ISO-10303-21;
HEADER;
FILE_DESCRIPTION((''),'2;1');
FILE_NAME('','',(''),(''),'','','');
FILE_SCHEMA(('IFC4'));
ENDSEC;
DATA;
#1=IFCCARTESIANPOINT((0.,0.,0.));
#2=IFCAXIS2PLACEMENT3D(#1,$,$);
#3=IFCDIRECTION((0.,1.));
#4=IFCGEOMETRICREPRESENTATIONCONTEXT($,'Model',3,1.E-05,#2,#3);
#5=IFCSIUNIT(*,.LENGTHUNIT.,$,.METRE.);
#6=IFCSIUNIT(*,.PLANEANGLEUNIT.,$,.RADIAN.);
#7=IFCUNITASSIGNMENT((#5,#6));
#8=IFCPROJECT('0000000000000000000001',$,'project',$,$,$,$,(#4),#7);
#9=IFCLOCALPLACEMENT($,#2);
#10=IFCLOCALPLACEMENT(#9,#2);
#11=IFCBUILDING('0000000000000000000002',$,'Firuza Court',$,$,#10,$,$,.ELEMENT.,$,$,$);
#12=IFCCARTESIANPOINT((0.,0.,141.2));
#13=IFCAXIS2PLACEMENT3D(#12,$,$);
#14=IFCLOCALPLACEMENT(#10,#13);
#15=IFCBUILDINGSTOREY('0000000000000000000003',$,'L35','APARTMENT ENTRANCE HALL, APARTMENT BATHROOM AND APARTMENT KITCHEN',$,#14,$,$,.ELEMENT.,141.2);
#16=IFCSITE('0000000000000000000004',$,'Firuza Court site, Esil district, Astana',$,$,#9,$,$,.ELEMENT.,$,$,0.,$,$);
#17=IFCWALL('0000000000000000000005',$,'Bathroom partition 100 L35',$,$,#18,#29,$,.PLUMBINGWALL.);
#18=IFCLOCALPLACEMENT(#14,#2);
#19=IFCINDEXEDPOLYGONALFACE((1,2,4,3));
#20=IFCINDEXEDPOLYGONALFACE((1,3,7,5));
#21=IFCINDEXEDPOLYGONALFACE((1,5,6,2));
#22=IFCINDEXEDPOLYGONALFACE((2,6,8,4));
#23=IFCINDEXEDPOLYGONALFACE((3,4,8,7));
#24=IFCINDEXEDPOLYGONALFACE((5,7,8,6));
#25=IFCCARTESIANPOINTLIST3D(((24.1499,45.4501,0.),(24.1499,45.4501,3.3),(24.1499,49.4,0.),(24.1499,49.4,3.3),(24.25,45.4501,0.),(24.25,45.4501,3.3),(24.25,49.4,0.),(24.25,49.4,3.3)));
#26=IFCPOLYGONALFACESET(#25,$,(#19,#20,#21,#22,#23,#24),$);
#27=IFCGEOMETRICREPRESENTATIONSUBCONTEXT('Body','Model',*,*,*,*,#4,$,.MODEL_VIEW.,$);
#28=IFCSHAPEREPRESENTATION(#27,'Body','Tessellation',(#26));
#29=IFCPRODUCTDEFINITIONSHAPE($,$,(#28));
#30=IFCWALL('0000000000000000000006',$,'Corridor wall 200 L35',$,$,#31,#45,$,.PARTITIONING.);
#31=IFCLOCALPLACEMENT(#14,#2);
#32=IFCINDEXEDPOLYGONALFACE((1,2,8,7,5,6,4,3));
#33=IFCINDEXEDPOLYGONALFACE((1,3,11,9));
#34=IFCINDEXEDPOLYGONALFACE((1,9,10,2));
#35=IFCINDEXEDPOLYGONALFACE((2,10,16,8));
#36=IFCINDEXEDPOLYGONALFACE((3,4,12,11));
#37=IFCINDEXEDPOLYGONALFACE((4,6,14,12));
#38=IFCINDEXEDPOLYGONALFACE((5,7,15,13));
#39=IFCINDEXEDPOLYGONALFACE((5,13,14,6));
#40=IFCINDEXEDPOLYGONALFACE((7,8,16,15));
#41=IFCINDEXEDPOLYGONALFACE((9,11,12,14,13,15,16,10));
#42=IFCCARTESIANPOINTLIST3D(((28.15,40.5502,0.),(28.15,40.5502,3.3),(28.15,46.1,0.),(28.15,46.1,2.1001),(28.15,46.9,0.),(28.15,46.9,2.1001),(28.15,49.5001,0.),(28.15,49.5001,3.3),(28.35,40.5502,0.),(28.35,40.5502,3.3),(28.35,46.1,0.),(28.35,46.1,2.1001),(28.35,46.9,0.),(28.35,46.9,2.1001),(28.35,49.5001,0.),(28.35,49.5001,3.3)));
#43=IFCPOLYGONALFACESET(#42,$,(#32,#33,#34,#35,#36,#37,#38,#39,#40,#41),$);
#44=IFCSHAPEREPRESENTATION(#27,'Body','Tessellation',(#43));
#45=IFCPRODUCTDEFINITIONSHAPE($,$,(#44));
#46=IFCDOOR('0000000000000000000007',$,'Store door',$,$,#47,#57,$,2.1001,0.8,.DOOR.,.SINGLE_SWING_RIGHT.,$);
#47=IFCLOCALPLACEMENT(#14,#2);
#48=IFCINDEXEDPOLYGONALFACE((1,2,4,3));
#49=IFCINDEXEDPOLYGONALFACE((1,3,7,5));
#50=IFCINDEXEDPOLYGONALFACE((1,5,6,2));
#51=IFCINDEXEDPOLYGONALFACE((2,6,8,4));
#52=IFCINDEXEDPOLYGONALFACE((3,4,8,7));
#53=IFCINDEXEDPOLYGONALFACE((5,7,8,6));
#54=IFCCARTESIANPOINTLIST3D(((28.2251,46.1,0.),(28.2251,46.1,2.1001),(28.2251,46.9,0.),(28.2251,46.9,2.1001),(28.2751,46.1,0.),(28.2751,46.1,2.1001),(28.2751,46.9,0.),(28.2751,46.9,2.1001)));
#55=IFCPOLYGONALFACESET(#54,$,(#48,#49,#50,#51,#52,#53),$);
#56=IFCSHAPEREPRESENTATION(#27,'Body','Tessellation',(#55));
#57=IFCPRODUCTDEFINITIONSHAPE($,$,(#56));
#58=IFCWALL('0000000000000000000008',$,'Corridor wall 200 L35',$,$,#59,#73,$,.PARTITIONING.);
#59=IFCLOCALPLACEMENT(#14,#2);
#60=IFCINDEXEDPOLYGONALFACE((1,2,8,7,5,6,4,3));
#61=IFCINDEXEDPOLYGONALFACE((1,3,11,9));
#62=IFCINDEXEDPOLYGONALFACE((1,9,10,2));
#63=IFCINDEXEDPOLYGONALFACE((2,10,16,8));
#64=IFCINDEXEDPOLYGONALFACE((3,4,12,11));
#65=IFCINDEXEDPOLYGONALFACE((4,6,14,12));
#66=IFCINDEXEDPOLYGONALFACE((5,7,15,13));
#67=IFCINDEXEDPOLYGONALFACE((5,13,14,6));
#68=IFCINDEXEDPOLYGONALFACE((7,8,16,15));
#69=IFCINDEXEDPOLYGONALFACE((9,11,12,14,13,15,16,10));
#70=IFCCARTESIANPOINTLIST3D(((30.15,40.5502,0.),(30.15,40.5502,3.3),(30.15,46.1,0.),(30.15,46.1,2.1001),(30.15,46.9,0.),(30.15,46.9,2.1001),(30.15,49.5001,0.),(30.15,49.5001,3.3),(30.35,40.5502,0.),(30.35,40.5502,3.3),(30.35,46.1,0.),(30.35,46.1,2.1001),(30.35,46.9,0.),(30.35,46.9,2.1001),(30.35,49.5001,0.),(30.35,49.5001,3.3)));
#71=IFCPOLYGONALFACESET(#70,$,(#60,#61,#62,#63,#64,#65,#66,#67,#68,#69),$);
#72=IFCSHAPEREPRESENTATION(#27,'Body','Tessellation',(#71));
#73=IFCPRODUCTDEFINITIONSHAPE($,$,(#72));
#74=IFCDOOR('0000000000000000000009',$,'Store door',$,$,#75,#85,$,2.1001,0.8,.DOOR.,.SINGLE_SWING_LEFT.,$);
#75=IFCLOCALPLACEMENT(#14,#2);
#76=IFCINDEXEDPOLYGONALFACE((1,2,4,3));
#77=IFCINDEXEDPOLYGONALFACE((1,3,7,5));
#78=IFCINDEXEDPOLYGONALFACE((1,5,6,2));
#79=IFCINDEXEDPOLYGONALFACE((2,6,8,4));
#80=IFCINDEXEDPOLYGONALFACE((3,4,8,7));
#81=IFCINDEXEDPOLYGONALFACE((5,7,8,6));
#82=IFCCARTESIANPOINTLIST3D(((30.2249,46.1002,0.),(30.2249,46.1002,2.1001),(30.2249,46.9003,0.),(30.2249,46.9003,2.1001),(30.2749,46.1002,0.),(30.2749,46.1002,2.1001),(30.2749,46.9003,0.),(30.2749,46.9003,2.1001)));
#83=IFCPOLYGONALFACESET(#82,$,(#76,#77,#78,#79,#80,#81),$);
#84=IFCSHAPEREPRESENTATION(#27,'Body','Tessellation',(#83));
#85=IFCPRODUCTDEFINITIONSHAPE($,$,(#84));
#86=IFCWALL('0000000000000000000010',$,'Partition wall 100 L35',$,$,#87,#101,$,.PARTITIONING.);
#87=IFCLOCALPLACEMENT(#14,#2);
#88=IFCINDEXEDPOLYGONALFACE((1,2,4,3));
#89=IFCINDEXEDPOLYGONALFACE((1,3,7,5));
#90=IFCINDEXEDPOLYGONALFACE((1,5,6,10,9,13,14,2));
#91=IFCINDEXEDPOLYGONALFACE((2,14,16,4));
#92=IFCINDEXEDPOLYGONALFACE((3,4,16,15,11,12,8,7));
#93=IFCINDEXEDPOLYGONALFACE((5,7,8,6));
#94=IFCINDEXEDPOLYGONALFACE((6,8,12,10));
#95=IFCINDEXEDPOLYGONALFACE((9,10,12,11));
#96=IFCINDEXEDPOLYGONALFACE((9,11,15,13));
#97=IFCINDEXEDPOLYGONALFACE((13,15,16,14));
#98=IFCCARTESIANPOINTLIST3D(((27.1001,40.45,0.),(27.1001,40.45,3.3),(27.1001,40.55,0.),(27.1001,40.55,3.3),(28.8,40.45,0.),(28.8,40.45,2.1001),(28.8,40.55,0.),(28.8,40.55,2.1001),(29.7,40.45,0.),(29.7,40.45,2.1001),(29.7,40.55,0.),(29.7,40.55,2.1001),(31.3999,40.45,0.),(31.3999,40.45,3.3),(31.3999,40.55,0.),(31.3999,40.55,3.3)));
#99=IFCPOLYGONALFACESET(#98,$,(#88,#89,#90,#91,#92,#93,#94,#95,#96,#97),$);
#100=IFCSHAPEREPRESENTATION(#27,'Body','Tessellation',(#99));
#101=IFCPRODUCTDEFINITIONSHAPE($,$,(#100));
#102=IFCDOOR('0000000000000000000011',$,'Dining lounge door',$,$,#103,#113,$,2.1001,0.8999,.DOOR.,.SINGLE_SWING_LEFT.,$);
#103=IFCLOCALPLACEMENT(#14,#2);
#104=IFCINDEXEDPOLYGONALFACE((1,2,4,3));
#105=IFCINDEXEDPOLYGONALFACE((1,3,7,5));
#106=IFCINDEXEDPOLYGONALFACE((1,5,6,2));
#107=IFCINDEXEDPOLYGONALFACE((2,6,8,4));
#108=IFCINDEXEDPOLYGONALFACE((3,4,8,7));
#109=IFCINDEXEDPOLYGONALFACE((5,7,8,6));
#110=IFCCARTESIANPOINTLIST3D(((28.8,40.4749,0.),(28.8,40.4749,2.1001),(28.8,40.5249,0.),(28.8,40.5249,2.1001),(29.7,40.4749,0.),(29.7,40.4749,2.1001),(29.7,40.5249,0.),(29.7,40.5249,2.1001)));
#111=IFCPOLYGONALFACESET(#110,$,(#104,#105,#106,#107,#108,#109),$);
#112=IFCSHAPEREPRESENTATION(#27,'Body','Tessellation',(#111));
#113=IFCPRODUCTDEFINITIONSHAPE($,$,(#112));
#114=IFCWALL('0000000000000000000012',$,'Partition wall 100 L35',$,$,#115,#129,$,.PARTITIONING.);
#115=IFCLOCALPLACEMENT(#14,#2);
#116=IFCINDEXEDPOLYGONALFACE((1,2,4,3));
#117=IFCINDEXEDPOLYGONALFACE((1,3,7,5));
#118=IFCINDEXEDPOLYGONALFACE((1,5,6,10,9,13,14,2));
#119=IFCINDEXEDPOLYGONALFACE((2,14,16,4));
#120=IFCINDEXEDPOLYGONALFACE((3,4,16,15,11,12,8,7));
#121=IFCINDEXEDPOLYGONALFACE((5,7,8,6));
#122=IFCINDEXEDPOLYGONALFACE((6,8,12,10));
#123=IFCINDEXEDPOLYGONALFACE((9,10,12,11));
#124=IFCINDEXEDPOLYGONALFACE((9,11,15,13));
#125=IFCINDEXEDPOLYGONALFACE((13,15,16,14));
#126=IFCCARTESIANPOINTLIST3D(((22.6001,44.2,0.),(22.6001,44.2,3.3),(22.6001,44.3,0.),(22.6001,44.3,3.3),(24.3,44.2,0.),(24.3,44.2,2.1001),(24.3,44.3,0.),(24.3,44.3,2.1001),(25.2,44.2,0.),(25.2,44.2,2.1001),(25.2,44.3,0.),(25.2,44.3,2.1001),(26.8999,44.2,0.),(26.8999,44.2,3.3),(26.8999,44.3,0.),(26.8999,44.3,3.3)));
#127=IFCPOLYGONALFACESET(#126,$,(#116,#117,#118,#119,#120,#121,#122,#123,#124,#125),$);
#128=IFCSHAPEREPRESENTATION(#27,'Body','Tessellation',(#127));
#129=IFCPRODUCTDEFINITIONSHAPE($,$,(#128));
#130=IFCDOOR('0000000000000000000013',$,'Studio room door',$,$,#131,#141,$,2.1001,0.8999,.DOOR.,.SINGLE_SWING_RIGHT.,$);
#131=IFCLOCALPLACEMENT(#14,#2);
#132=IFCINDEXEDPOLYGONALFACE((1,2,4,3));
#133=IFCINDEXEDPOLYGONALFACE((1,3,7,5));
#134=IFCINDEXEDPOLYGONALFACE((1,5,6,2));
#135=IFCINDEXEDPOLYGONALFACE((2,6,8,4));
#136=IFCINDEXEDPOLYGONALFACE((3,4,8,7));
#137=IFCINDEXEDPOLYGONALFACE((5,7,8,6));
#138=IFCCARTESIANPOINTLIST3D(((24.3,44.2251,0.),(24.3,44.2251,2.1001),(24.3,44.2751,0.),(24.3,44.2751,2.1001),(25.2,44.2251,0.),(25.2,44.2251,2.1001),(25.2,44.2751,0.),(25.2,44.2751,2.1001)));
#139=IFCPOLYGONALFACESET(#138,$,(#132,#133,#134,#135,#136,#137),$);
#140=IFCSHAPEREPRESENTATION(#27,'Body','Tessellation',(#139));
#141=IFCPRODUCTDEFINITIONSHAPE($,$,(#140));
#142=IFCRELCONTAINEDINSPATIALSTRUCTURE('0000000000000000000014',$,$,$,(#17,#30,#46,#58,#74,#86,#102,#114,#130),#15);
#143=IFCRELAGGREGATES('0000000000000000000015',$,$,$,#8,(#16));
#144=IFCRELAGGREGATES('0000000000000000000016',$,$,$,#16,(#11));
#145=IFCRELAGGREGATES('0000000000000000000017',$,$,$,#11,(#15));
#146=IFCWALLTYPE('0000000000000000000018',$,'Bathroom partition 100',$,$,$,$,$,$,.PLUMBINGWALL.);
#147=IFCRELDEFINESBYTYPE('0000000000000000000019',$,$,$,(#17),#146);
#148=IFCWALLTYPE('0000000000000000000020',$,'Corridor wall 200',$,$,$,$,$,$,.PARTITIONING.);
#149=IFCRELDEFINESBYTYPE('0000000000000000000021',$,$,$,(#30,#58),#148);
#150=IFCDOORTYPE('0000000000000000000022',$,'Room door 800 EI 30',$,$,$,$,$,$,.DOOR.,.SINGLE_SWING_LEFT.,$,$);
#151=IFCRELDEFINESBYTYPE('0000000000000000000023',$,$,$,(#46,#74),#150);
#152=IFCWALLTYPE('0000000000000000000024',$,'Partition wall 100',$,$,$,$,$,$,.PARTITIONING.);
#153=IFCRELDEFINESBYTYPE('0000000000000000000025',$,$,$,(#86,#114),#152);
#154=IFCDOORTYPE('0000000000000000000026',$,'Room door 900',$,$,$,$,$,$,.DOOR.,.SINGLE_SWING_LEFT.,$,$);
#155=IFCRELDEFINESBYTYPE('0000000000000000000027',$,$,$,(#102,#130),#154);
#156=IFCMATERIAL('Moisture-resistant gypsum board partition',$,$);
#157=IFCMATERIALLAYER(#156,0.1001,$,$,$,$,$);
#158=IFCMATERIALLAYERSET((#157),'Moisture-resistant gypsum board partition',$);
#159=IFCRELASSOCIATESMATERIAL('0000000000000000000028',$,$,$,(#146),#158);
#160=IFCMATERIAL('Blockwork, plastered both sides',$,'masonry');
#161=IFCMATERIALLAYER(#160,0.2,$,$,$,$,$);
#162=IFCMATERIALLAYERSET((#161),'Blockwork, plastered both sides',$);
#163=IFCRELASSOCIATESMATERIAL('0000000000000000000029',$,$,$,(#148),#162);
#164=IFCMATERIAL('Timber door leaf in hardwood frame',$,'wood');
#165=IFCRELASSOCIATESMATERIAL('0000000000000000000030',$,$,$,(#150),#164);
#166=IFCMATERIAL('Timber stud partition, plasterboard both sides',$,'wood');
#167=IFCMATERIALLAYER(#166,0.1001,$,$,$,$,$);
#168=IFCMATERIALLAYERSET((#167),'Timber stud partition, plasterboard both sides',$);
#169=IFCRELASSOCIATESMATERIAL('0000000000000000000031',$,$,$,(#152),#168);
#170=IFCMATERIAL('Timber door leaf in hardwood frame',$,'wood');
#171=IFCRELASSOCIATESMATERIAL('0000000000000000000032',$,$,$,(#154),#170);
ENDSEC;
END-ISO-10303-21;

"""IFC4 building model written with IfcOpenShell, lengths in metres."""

from ifc_helpers import new_model, si_unit, direction, frame, frame_2d, origin, place, context, subcontext, project, spatial, rectangle, extrude, material, layer, layer_set, type_object, element, fill, save


model = new_model("IFC4")

# Units and contexts
model_context = context("Model", 3, precision=1e-05, world=origin(), true_north=direction((0.0, 1.0)))
body_context = subcontext(model_context, "Body", "Model", "MODEL_VIEW")
ifc_project = project(units=[si_unit("LENGTHUNIT", "METRE"), si_unit("PLANEANGLEUNIT", "RADIAN")], contexts=[model_context])

# Site, building, storey
site_placement = place(None, origin())
site = spatial("IfcSite", under=ifc_project, at=site_placement, Name="Firuza Court site, Esil district, Astana", CompositionType="ELEMENT", RefElevation=0.0)
building_placement = place(site_placement, origin())
building = spatial("IfcBuilding", under=site, at=building_placement, Name="Firuza Court", CompositionType="ELEMENT")
storey_placement = place(building_placement, frame((0.0, 0.0, 141.2)))
storey = spatial("IfcBuildingStorey", under=building, at=storey_placement, Name="L35", Description="APARTMENT ENTRANCE HALL, APARTMENT BATHROOM AND APARTMENT KITCHEN", CompositionType="ELEMENT", Elevation=141.2)

# Wall
ifc_material_1 = material(Name="Moisture-resistant gypsum board partition")
ifc_layer_1 = layer(ifc_material_1, 0.1001)
ifc_layer_set_1 = layer_set([ifc_layer_1], Name="Moisture-resistant gypsum board partition")
wall_type_1 = type_object("IfcWallType", Name="Bathroom partition 100", PredefinedType="PLUMBINGWALL", material=ifc_layer_set_1)
wall_1_placement = place(storey_placement, frame((24.2, 45.45, 0.0), z_axis=(0.0, 0.0, 1.0), x_axis=(0.0, 1.0, 0.0)))
element("IfcWall", 1, at=wall_1_placement, inside=storey, type_object=wall_type_1, Name="Bathroom partition 100 L35", PredefinedType="PLUMBINGWALL", context=body_context, shape_type="SweptSolid", body=[
    extrude(rectangle(XDim=3.95, YDim=0.1001, at=frame_2d((1.9751, 0.0))), origin(), (0.0, 0.0, 1.0), 3.3),
])

# Walls, openings, doors
ifc_material_2 = material(Name="Blockwork, plastered both sides", Category="masonry")
ifc_layer_2 = layer(ifc_material_2, 0.2)
ifc_layer_set_2 = layer_set([ifc_layer_2], Name="Blockwork, plastered both sides")
wall_type_2 = type_object("IfcWallType", Name="Corridor wall 200", PredefinedType="PARTITIONING", material=ifc_layer_set_2)
wall_2_placement = place(storey_placement, frame((28.25, 40.55, 0.0), z_axis=(0.0, 0.0, 1.0), x_axis=(0.0, 1.0, 0.0)))
wall_2 = element("IfcWall", 2, at=wall_2_placement, inside=storey, type_object=wall_type_2, Name="Corridor wall 200 L35", PredefinedType="PARTITIONING", context=body_context, shape_type="SweptSolid", body=[
    extrude(rectangle(XDim=8.95, YDim=0.2, at=frame_2d((4.4751, 0.0))), origin(), (0.0, 0.0, 1.0), 3.3),
])
opening_1_placement = place(wall_2_placement, frame((5.55, 0.0, 0.0)))
opening_1 = element("IfcOpeningElement", 3, at=opening_1_placement, cuts=wall_2, PredefinedType="OPENING", context=body_context, shape_type="SweptSolid", body=[
    extrude(rectangle(XDim=0.8, YDim=2.1001, at=frame_2d((0.3999, 1.05))), frame((0.0, 0.1118, 0.0), z_axis=(0.0, -1.0, 0.0), x_axis=(1.0, 0.0, 0.0)), (0.0, 0.0, 1.0), 0.2239),
])
ifc_material_3 = material(Name="Timber door leaf in hardwood frame", Category="wood")
door_type_1 = type_object("IfcDoorType", Name="Room door 800 EI 30", OperationType="SINGLE_SWING_LEFT", PredefinedType="DOOR", material=ifc_material_3)
door_1_placement = place(opening_1_placement, origin())
door_1 = element("IfcDoor", 4, at=door_1_placement, inside=storey, type_object=door_type_1, Name="Store door", OperationType="SINGLE_SWING_RIGHT", OverallHeight=2.1001, OverallWidth=0.8, PredefinedType="DOOR", context=body_context, shape_type="SweptSolid", body=[
    extrude(rectangle(XDim=0.8, YDim=2.1001, at=frame_2d((0.3999, 1.05))), frame((0.0, 0.0249, 0.0), z_axis=(0.0, -1.0, 0.0), x_axis=(1.0, 0.0, 0.0)), (0.0, 0.0, 1.0), 0.05),
])
fill(opening_1, door_1)
wall_3_placement = place(storey_placement, frame((30.25, 40.55, 0.0), z_axis=(0.0, 0.0, 1.0), x_axis=(0.0, 1.0, 0.0)))
wall_3 = element("IfcWall", 5, at=wall_3_placement, inside=storey, type_object=wall_type_2, Name="Corridor wall 200 L35", PredefinedType="PARTITIONING", context=body_context, shape_type="SweptSolid", body=[
    extrude(rectangle(XDim=8.95, YDim=0.2, at=frame_2d((4.4751, 0.0))), origin(), (0.0, 0.0, 1.0), 3.3),
])
opening_2_placement = place(wall_3_placement, frame((5.55, 0.0, 0.0)))
opening_2 = element("IfcOpeningElement", 6, at=opening_2_placement, cuts=wall_3, PredefinedType="OPENING", context=body_context, shape_type="SweptSolid", body=[
    extrude(rectangle(XDim=0.8, YDim=2.1001, at=frame_2d((0.3999, 1.05))), frame((0.0, 0.1118, 0.0), z_axis=(0.0, -1.0, 0.0), x_axis=(1.0, 0.0, 0.0)), (0.0, 0.0, 1.0), 0.2239),
])
door_2_placement = place(opening_2_placement, frame((0.8, 0.0, 0.0), z_axis=(0.0, 0.0, 1.0), x_axis=(-1.0, 0.0, 0.0)))
door_2 = element("IfcDoor", 7, at=door_2_placement, inside=storey, type_object=door_type_1, Name="Store door", OperationType="SINGLE_SWING_LEFT", OverallHeight=2.1001, OverallWidth=0.8, PredefinedType="DOOR", context=body_context, shape_type="SweptSolid", body=[
    extrude(rectangle(XDim=0.8, YDim=2.1001, at=frame_2d((0.3999, 1.05))), frame((0.0, 0.0249, 0.0), z_axis=(0.0, -1.0, 0.0), x_axis=(1.0, 0.0, 0.0)), (0.0, 0.0, 1.0), 0.05),
])
fill(opening_2, door_2)
ifc_material_4 = material(Name="Timber stud partition, plasterboard both sides", Category="wood")
ifc_layer_3 = layer(ifc_material_4, 0.1001)
ifc_layer_set_3 = layer_set([ifc_layer_3], Name="Timber stud partition, plasterboard both sides")
wall_type_3 = type_object("IfcWallType", Name="Partition wall 100", PredefinedType="PARTITIONING", material=ifc_layer_set_3)
wall_4_placement = place(storey_placement, frame((27.1001, 40.5, 0.0), z_axis=(0.0, 0.0, 1.0), x_axis=(1.0, 0.0, 0.0)))
wall_4 = element("IfcWall", 8, at=wall_4_placement, inside=storey, type_object=wall_type_3, Name="Partition wall 100 L35", PredefinedType="PARTITIONING", context=body_context, shape_type="SweptSolid", body=[
    extrude(rectangle(XDim=4.2998, YDim=0.1001, at=frame_2d((2.1499, 0.0))), origin(), (0.0, 0.0, 1.0), 3.3),
])
opening_3_placement = place(wall_4_placement, frame((1.7, 0.0, 0.0)))
opening_3 = element("IfcOpeningElement", 9, at=opening_3_placement, cuts=wall_4, PredefinedType="OPENING", context=body_context, shape_type="SweptSolid", body=[
    extrude(rectangle(XDim=0.8999, YDim=2.1001, at=frame_2d((0.45, 1.05))), frame((0.0, 0.062, 0.0), z_axis=(0.0, -1.0, 0.0), x_axis=(1.0, 0.0, 0.0)), (0.0, 0.0, 1.0), 0.124),
])
ifc_material_5 = material(Name="Timber door leaf in hardwood frame", Category="wood")
door_type_2 = type_object("IfcDoorType", Name="Room door 900", OperationType="SINGLE_SWING_LEFT", PredefinedType="DOOR", material=ifc_material_5)
door_3_placement = place(opening_3_placement, origin())
door_3 = element("IfcDoor", 10, at=door_3_placement, inside=storey, type_object=door_type_2, Name="Dining lounge door", OperationType="SINGLE_SWING_LEFT", OverallHeight=2.1001, OverallWidth=0.8999, PredefinedType="DOOR", context=body_context, shape_type="SweptSolid", body=[
    extrude(rectangle(XDim=0.8999, YDim=2.1001, at=frame_2d((0.45, 1.05))), frame((0.0, 0.0249, 0.0), z_axis=(0.0, -1.0, 0.0), x_axis=(1.0, 0.0, 0.0)), (0.0, 0.0, 1.0), 0.05),
])
fill(opening_3, door_3)
wall_5_placement = place(storey_placement, frame((22.6001, 44.25, 0.0), z_axis=(0.0, 0.0, 1.0), x_axis=(1.0, 0.0, 0.0)))
wall_5 = element("IfcWall", 11, at=wall_5_placement, inside=storey, type_object=wall_type_3, Name="Partition wall 100 L35", PredefinedType="PARTITIONING", context=body_context, shape_type="SweptSolid", body=[
    extrude(rectangle(XDim=4.2998, YDim=0.1001, at=frame_2d((2.1499, 0.0))), origin(), (0.0, 0.0, 1.0), 3.3),
])
opening_4_placement = place(wall_5_placement, frame((1.7, 0.0, 0.0)))
opening_4 = element("IfcOpeningElement", 12, at=opening_4_placement, cuts=wall_5, PredefinedType="OPENING", context=body_context, shape_type="SweptSolid", body=[
    extrude(rectangle(XDim=0.8999, YDim=2.1001, at=frame_2d((0.45, 1.05))), frame((0.0, 0.062, 0.0), z_axis=(0.0, -1.0, 0.0), x_axis=(1.0, 0.0, 0.0)), (0.0, 0.0, 1.0), 0.124),
])
door_4_placement = place(opening_4_placement, frame((0.8999, 0.0, 0.0), z_axis=(0.0, 0.0, 1.0), x_axis=(-1.0, 0.0, 0.0)))
door_4 = element("IfcDoor", 13, at=door_4_placement, inside=storey, type_object=door_type_2, Name="Studio room door", OperationType="SINGLE_SWING_RIGHT", OverallHeight=2.1001, OverallWidth=0.8999, PredefinedType="DOOR", context=body_context, shape_type="SweptSolid", body=[
    extrude(rectangle(XDim=0.8999, YDim=2.1001, at=frame_2d((0.45, 1.05))), frame((0.0, 0.0249, 0.0), z_axis=(0.0, -1.0, 0.0), x_axis=(1.0, 0.0, 0.0)), (0.0, 0.0, 1.0), 0.05),
])
fill(opening_4, door_4)

save(model, "model.ifc")
